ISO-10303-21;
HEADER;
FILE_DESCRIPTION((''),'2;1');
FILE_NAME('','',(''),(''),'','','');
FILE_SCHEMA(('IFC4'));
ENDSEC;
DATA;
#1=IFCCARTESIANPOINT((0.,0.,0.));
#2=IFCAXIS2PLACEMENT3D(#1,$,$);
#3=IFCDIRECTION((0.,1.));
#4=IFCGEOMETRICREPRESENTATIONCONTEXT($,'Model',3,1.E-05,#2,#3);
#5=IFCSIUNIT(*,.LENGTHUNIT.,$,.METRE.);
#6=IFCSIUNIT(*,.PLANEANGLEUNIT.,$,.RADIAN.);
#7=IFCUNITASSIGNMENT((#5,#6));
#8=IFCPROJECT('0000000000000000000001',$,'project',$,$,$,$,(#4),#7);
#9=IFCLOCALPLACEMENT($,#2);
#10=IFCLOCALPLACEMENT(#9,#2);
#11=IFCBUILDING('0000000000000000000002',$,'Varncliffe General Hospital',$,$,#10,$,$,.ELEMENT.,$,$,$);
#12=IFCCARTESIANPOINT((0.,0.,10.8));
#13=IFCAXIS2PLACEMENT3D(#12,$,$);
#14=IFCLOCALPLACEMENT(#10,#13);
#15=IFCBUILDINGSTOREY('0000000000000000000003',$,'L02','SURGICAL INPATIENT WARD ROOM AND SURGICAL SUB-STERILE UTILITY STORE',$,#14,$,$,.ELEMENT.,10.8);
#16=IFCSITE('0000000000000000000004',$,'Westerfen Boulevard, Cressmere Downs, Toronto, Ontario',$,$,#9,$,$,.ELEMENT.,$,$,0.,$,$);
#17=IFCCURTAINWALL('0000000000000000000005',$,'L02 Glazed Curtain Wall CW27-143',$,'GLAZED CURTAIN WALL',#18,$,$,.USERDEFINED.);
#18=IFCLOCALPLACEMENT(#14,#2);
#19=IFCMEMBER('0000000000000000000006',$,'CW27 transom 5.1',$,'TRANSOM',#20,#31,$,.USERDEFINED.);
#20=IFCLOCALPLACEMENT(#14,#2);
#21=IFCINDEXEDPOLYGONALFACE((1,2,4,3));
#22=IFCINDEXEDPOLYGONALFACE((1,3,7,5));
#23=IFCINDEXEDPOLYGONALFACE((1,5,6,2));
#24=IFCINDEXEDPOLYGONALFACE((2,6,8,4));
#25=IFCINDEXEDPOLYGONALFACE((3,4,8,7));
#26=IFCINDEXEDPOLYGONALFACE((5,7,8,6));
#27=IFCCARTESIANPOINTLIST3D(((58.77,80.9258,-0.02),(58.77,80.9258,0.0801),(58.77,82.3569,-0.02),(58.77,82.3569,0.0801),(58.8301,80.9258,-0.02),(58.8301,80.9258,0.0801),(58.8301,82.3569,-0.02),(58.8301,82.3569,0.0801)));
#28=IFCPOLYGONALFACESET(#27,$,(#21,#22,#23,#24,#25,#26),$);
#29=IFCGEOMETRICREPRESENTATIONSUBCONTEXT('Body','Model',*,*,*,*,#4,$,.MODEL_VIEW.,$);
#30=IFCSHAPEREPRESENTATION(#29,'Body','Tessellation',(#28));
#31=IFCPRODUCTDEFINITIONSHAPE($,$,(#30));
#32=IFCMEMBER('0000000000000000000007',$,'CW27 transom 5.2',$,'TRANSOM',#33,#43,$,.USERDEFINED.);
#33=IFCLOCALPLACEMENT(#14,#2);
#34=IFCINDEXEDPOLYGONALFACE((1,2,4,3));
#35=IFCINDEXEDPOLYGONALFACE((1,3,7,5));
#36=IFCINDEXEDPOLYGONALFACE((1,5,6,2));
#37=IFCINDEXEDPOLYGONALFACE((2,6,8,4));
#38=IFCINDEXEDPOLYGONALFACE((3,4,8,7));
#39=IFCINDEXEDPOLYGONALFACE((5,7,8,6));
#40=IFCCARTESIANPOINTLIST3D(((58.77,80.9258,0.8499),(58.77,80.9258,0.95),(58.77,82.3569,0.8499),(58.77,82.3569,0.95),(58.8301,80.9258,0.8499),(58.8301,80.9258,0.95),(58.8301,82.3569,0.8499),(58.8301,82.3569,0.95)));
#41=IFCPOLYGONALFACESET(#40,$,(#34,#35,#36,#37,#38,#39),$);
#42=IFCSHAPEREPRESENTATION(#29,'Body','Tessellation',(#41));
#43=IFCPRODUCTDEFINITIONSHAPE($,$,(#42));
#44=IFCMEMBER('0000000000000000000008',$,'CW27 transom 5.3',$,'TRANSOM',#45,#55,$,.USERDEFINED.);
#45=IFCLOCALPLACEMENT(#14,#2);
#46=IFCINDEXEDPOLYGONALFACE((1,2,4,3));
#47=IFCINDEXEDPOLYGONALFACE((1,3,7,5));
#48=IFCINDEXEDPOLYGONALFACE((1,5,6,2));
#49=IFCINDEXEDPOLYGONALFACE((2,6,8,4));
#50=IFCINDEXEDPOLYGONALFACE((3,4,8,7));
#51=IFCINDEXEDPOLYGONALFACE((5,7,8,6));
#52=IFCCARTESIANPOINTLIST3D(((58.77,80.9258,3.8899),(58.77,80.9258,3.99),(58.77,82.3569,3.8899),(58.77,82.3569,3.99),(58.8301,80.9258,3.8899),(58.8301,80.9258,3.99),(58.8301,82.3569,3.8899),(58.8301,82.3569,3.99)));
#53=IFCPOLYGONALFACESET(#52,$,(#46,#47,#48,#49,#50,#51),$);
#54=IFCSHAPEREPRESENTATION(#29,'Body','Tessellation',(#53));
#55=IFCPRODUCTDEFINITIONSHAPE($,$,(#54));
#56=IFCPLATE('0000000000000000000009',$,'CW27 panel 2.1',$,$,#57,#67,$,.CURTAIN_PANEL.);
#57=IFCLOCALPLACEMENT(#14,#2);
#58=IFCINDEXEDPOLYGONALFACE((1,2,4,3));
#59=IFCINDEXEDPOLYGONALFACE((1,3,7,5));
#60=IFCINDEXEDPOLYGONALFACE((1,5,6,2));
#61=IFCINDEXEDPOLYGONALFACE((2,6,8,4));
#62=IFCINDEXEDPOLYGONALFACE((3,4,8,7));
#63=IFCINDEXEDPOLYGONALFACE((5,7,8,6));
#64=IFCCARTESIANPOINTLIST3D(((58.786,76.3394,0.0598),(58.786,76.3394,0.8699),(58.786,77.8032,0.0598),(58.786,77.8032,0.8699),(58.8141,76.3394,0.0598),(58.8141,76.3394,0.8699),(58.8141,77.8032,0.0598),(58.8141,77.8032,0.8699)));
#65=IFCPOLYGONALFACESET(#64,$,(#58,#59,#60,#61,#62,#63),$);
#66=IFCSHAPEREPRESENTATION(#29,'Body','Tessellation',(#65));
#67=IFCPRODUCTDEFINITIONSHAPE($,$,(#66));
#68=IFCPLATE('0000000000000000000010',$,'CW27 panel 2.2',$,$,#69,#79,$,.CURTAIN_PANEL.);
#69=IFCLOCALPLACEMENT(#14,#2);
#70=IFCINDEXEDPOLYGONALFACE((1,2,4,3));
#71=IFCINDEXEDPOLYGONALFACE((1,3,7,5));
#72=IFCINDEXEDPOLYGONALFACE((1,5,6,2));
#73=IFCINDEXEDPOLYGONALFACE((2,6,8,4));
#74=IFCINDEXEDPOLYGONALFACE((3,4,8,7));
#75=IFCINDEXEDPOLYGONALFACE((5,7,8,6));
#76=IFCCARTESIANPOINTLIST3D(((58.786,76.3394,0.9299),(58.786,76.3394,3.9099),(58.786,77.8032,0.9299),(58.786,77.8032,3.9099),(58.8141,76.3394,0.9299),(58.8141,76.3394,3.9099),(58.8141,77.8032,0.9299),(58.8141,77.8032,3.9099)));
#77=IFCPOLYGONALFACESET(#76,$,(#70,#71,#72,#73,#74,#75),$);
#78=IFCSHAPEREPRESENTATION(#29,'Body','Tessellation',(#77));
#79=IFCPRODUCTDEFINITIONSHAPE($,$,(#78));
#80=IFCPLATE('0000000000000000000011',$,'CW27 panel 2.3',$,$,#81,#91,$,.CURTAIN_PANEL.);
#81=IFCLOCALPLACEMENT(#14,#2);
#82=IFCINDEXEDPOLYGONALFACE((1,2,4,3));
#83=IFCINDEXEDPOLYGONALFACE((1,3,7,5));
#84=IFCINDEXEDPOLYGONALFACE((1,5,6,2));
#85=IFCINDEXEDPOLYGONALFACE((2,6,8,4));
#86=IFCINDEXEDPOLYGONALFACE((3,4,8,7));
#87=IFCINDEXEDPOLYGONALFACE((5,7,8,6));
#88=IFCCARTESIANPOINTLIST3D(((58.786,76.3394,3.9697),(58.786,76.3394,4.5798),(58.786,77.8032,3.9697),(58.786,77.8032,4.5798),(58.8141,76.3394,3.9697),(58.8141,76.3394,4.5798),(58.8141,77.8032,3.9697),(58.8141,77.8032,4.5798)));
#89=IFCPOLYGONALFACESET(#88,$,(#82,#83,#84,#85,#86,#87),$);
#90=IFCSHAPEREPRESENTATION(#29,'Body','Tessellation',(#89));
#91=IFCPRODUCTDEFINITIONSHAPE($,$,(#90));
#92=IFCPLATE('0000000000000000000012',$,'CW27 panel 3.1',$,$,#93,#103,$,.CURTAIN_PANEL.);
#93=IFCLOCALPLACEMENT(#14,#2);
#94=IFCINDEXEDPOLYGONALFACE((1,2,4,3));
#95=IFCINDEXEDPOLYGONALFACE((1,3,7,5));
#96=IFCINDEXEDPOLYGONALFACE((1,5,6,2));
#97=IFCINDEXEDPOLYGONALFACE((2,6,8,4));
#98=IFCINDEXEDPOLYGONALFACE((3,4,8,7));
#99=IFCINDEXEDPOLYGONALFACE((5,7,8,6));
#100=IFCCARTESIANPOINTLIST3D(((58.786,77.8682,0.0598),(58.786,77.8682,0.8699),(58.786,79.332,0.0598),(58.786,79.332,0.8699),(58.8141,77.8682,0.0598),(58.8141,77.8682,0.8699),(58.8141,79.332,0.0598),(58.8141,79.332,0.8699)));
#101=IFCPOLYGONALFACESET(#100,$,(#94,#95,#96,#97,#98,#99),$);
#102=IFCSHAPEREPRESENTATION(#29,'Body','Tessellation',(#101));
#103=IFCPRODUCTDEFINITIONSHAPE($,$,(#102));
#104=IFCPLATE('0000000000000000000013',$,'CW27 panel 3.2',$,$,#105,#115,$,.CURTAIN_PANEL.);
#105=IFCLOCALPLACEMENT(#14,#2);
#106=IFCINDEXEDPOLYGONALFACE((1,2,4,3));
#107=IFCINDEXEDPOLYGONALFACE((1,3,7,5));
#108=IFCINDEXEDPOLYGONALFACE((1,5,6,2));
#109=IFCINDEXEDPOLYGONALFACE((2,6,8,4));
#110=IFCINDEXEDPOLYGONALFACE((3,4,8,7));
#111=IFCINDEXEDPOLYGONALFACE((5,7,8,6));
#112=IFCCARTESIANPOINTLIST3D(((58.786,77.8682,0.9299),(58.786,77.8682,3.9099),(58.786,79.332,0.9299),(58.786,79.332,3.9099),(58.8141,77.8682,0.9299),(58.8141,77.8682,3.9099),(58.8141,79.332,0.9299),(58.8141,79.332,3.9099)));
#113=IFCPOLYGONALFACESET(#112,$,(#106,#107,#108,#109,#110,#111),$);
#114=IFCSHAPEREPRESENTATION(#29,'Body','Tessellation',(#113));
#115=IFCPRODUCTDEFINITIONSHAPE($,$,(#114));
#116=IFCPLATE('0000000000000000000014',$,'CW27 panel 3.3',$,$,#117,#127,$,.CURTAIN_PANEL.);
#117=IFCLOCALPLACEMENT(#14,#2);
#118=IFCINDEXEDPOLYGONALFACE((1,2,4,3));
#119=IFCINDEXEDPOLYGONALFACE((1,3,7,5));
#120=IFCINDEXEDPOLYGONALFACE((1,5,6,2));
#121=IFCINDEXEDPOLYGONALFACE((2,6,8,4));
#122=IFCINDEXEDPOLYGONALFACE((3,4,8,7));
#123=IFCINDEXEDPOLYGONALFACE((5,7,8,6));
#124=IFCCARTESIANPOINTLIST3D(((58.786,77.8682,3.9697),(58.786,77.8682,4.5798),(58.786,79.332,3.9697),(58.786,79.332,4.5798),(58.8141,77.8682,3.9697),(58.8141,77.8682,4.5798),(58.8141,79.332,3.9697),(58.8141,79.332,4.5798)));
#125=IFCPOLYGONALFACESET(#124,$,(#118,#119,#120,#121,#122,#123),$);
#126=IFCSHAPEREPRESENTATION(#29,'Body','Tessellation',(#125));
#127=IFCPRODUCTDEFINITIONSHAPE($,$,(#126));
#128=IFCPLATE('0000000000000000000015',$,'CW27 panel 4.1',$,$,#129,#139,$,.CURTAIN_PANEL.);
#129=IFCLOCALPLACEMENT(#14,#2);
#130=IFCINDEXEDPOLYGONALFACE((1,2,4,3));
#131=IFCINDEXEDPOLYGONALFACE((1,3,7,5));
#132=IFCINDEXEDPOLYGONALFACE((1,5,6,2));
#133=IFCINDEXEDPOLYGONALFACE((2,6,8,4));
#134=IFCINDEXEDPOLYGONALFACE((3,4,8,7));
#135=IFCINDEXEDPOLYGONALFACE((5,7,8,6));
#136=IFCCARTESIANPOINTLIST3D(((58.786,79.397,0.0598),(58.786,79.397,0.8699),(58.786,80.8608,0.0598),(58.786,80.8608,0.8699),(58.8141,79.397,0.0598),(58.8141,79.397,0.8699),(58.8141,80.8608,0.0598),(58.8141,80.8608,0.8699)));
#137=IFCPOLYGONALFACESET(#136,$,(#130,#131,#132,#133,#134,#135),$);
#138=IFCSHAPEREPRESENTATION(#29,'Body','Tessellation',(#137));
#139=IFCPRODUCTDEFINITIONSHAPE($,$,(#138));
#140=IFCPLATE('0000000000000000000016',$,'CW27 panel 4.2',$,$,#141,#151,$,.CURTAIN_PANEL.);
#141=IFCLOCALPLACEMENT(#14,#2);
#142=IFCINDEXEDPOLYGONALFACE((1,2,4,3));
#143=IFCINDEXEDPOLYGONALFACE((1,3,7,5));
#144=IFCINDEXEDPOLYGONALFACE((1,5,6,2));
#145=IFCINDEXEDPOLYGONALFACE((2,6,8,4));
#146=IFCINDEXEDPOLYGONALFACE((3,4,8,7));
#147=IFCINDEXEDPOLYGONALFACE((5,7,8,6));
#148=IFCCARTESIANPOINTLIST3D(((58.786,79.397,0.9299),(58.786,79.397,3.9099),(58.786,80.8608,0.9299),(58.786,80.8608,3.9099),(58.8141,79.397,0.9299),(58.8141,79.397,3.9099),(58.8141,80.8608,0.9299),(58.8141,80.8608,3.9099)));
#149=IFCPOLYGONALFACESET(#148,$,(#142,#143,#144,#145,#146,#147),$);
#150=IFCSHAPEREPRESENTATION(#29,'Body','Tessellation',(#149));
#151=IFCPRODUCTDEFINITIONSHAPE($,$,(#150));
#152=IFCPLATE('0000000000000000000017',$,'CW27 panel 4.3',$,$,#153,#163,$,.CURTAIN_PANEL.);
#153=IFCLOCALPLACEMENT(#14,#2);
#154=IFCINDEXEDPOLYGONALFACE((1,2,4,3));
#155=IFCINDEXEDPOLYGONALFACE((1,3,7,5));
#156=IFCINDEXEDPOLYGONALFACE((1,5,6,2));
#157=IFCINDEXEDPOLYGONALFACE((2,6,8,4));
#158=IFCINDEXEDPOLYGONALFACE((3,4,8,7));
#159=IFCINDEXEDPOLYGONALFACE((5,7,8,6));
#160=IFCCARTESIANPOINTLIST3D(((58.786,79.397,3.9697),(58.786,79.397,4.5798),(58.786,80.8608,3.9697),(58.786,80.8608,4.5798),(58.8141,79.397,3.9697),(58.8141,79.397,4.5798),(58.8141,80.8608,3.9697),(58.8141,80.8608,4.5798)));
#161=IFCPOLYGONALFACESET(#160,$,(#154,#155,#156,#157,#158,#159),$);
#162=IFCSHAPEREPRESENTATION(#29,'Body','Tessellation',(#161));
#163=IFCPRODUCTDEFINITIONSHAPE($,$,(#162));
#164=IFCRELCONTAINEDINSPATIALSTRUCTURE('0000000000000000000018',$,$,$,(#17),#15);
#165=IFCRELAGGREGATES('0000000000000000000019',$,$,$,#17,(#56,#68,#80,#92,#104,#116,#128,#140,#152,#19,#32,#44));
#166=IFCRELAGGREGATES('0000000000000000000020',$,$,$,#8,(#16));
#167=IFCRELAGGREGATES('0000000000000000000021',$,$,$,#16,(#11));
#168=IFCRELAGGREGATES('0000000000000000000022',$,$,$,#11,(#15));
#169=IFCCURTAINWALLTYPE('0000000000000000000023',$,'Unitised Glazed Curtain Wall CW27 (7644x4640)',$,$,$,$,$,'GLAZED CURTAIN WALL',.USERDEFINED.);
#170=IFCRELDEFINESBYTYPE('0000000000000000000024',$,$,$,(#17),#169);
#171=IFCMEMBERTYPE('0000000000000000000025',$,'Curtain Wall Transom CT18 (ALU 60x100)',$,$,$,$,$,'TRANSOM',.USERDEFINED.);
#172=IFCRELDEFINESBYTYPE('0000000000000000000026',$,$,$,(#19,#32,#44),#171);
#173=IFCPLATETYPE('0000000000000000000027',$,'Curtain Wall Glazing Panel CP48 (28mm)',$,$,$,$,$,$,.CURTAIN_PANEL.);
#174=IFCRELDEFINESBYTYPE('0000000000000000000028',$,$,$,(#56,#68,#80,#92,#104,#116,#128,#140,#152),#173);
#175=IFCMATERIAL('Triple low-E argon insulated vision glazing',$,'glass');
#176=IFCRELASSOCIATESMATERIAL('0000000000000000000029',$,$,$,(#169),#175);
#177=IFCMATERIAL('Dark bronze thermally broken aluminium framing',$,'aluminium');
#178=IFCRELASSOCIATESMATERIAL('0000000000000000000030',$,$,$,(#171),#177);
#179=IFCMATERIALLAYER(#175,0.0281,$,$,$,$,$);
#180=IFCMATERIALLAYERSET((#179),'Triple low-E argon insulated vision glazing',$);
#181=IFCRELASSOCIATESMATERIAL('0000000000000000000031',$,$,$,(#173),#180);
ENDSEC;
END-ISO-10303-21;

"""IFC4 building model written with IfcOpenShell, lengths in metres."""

from ifc_helpers import new_model, si_unit, direction, frame, origin, origin_2d, place, context, subcontext, project, spatial, rectangle, extrude, material, layer, layer_set, material_profile, profile_set, type_object, element, aggregate, save


model = new_model("IFC4")

# Units and contexts
model_context = context("Model", 3, precision=1e-05, world=origin(), true_north=direction((0.0, 1.0)))
body_context = subcontext(model_context, "Body", "Model", "MODEL_VIEW")
ifc_project = project(units=[si_unit("LENGTHUNIT", "METRE"), si_unit("PLANEANGLEUNIT", "RADIAN")], contexts=[model_context])

# Site, building, storey
site_placement = place(None, origin())
site = spatial("IfcSite", under=ifc_project, at=site_placement, Name="Westerfen Boulevard, Cressmere Downs, Toronto, Ontario", CompositionType="ELEMENT", RefElevation=0.0)
building_placement = place(site_placement, origin())
building = spatial("IfcBuilding", under=site, at=building_placement, Name="Varncliffe General Hospital", CompositionType="ELEMENT")
storey_placement = place(building_placement, frame((0.0, 0.0, 10.8)))
storey = spatial("IfcBuildingStorey", under=building, at=storey_placement, Name="L02", Description="SURGICAL INPATIENT WARD ROOM AND SURGICAL SUB-STERILE UTILITY STORE", CompositionType="ELEMENT", Elevation=10.8)

# Curtain wall, members, plates
ifc_material_1 = material(Name="Triple low-E argon insulated vision glazing", Category="glass")
curtain_wall_type = type_object("IfcCurtainWallType", Name="Unitised Glazed Curtain Wall CW27 (7644x4640)", ElementType="GLAZED CURTAIN WALL", PredefinedType="USERDEFINED", material=ifc_material_1)
curtain_wall_placement = place(storey_placement, origin())
curtain_wall = element("IfcCurtainWall", 1, at=curtain_wall_placement, inside=storey, type_object=curtain_wall_type, Name="L02 Glazed Curtain Wall CW27-143", ObjectType="GLAZED CURTAIN WALL", PredefinedType="USERDEFINED")
ifc_material_2 = material(Name="Dark bronze thermally broken aluminium framing", Category="aluminium")
ifc_material_profile_1 = material_profile(ifc_material_2, rectangle(XDim=0.0601, YDim=0.1001, at=origin_2d()), Name="ALU 60x100")
ifc_profile_set_1 = profile_set([ifc_material_profile_1], Name="Dark bronze thermally broken aluminium framing")
member_type_1 = type_object("IfcMemberType", Name="Curtain Wall Transom CT18 (ALU 60x100)", ElementType="TRANSOM", PredefinedType="USERDEFINED", material=ifc_profile_set_1)
member_1_placement = place(storey_placement, frame((58.8, 80.9258, 0.03), z_axis=(0.0, 1.0, 0.0), x_axis=(-1.0, 0.0, 0.0)))
member_1 = element("IfcMember", 2, at=member_1_placement, type_object=member_type_1, Name="CW27 transom 5.1", ObjectType="TRANSOM", PredefinedType="USERDEFINED", context=body_context, shape_type="SweptSolid", body=[
    extrude(rectangle(XDim=0.0601, YDim=0.1001, at=origin_2d()), origin(), (0.0, 0.0, 1.0), 1.4312),
])
member_2_placement = place(storey_placement, frame((58.8, 80.9258, 0.8999), z_axis=(0.0, 1.0, 0.0), x_axis=(-1.0, 0.0, 0.0)))
member_2 = element("IfcMember", 3, at=member_2_placement, type_object=member_type_1, Name="CW27 transom 5.2", ObjectType="TRANSOM", PredefinedType="USERDEFINED", context=body_context, shape_type="SweptSolid", body=[
    extrude(rectangle(XDim=0.0601, YDim=0.1001, at=origin_2d()), origin(), (0.0, 0.0, 1.0), 1.4312),
])
member_3_placement = place(storey_placement, frame((58.8, 80.9258, 3.9399), z_axis=(0.0, 1.0, 0.0), x_axis=(-1.0, 0.0, 0.0)))
member_3 = element("IfcMember", 4, at=member_3_placement, type_object=member_type_1, Name="CW27 transom 5.3", ObjectType="TRANSOM", PredefinedType="USERDEFINED", context=body_context, shape_type="SweptSolid", body=[
    extrude(rectangle(XDim=0.0601, YDim=0.1001, at=origin_2d()), origin(), (0.0, 0.0, 1.0), 1.4312),
])
ifc_layer = layer(ifc_material_1, 0.0281)
ifc_layer_set = layer_set([ifc_layer], Name="Triple low-E argon insulated vision glazing")
plate_type = type_object("IfcPlateType", Name="Curtain Wall Glazing Panel CP48 (28mm)", PredefinedType="CURTAIN_PANEL", material=ifc_layer_set)
plate_1_placement = place(storey_placement, frame((58.8, 77.0713, 0.0598), z_axis=(0.0, 0.0, 1.0), x_axis=(0.0, 1.0, 0.0)))
plate_1 = element("IfcPlate", 5, at=plate_1_placement, type_object=plate_type, Name="CW27 panel 2.1", PredefinedType="CURTAIN_PANEL", context=body_context, shape_type="SweptSolid", body=[
    extrude(rectangle(XDim=1.4639, YDim=0.0281, at=origin_2d()), origin(), (0.0, 0.0, 1.0), 0.8101),
])
plate_2_placement = place(storey_placement, frame((58.8, 77.0713, 0.9299), z_axis=(0.0, 0.0, 1.0), x_axis=(0.0, 1.0, 0.0)))
plate_2 = element("IfcPlate", 6, at=plate_2_placement, type_object=plate_type, Name="CW27 panel 2.2", PredefinedType="CURTAIN_PANEL", context=body_context, shape_type="SweptSolid", body=[
    extrude(rectangle(XDim=1.4639, YDim=0.0281, at=origin_2d()), origin(), (0.0, 0.0, 1.0), 2.98),
])
plate_3_placement = place(storey_placement, frame((58.8, 77.0713, 3.9697), z_axis=(0.0, 0.0, 1.0), x_axis=(0.0, 1.0, 0.0)))
plate_3 = element("IfcPlate", 7, at=plate_3_placement, type_object=plate_type, Name="CW27 panel 2.3", PredefinedType="CURTAIN_PANEL", context=body_context, shape_type="SweptSolid", body=[
    extrude(rectangle(XDim=1.4639, YDim=0.0281, at=origin_2d()), origin(), (0.0, 0.0, 1.0), 0.6101),
])
plate_4_placement = place(storey_placement, frame((58.8, 78.6001, 0.0598), z_axis=(0.0, 0.0, 1.0), x_axis=(0.0, 1.0, 0.0)))
plate_4 = element("IfcPlate", 8, at=plate_4_placement, type_object=plate_type, Name="CW27 panel 3.1", PredefinedType="CURTAIN_PANEL", context=body_context, shape_type="SweptSolid", body=[
    extrude(rectangle(XDim=1.4639, YDim=0.0281, at=origin_2d()), origin(), (0.0, 0.0, 1.0), 0.8101),
])
plate_5_placement = place(storey_placement, frame((58.8, 78.6001, 0.9299), z_axis=(0.0, 0.0, 1.0), x_axis=(0.0, 1.0, 0.0)))
plate_5 = element("IfcPlate", 9, at=plate_5_placement, type_object=plate_type, Name="CW27 panel 3.2", PredefinedType="CURTAIN_PANEL", context=body_context, shape_type="SweptSolid", body=[
    extrude(rectangle(XDim=1.4639, YDim=0.0281, at=origin_2d()), origin(), (0.0, 0.0, 1.0), 2.98),
])
plate_6_placement = place(storey_placement, frame((58.8, 78.6001, 3.9697), z_axis=(0.0, 0.0, 1.0), x_axis=(0.0, 1.0, 0.0)))
plate_6 = element("IfcPlate", 10, at=plate_6_placement, type_object=plate_type, Name="CW27 panel 3.3", PredefinedType="CURTAIN_PANEL", context=body_context, shape_type="SweptSolid", body=[
    extrude(rectangle(XDim=1.4639, YDim=0.0281, at=origin_2d()), origin(), (0.0, 0.0, 1.0), 0.6101),
])
plate_7_placement = place(storey_placement, frame((58.8, 80.1289, 0.0598), z_axis=(0.0, 0.0, 1.0), x_axis=(0.0, 1.0, 0.0)))
plate_7 = element("IfcPlate", 11, at=plate_7_placement, type_object=plate_type, Name="CW27 panel 4.1", PredefinedType="CURTAIN_PANEL", context=body_context, shape_type="SweptSolid", body=[
    extrude(rectangle(XDim=1.4639, YDim=0.0281, at=origin_2d()), origin(), (0.0, 0.0, 1.0), 0.8101),
])
plate_8_placement = place(storey_placement, frame((58.8, 80.1289, 0.9299), z_axis=(0.0, 0.0, 1.0), x_axis=(0.0, 1.0, 0.0)))
plate_8 = element("IfcPlate", 12, at=plate_8_placement, type_object=plate_type, Name="CW27 panel 4.2", PredefinedType="CURTAIN_PANEL", context=body_context, shape_type="SweptSolid", body=[
    extrude(rectangle(XDim=1.4639, YDim=0.0281, at=origin_2d()), origin(), (0.0, 0.0, 1.0), 2.98),
])
plate_9_placement = place(storey_placement, frame((58.8, 80.1289, 3.9697), z_axis=(0.0, 0.0, 1.0), x_axis=(0.0, 1.0, 0.0)))
plate_9 = element("IfcPlate", 13, at=plate_9_placement, type_object=plate_type, Name="CW27 panel 4.3", PredefinedType="CURTAIN_PANEL", context=body_context, shape_type="SweptSolid", body=[
    extrude(rectangle(XDim=1.4639, YDim=0.0281, at=origin_2d()), origin(), (0.0, 0.0, 1.0), 0.6101),
])
aggregate(curtain_wall, [plate_1, plate_2, plate_3, plate_4, plate_5, plate_6, plate_7, plate_8, plate_9, member_1, member_2, member_3])

save(model, "model.ifc")
